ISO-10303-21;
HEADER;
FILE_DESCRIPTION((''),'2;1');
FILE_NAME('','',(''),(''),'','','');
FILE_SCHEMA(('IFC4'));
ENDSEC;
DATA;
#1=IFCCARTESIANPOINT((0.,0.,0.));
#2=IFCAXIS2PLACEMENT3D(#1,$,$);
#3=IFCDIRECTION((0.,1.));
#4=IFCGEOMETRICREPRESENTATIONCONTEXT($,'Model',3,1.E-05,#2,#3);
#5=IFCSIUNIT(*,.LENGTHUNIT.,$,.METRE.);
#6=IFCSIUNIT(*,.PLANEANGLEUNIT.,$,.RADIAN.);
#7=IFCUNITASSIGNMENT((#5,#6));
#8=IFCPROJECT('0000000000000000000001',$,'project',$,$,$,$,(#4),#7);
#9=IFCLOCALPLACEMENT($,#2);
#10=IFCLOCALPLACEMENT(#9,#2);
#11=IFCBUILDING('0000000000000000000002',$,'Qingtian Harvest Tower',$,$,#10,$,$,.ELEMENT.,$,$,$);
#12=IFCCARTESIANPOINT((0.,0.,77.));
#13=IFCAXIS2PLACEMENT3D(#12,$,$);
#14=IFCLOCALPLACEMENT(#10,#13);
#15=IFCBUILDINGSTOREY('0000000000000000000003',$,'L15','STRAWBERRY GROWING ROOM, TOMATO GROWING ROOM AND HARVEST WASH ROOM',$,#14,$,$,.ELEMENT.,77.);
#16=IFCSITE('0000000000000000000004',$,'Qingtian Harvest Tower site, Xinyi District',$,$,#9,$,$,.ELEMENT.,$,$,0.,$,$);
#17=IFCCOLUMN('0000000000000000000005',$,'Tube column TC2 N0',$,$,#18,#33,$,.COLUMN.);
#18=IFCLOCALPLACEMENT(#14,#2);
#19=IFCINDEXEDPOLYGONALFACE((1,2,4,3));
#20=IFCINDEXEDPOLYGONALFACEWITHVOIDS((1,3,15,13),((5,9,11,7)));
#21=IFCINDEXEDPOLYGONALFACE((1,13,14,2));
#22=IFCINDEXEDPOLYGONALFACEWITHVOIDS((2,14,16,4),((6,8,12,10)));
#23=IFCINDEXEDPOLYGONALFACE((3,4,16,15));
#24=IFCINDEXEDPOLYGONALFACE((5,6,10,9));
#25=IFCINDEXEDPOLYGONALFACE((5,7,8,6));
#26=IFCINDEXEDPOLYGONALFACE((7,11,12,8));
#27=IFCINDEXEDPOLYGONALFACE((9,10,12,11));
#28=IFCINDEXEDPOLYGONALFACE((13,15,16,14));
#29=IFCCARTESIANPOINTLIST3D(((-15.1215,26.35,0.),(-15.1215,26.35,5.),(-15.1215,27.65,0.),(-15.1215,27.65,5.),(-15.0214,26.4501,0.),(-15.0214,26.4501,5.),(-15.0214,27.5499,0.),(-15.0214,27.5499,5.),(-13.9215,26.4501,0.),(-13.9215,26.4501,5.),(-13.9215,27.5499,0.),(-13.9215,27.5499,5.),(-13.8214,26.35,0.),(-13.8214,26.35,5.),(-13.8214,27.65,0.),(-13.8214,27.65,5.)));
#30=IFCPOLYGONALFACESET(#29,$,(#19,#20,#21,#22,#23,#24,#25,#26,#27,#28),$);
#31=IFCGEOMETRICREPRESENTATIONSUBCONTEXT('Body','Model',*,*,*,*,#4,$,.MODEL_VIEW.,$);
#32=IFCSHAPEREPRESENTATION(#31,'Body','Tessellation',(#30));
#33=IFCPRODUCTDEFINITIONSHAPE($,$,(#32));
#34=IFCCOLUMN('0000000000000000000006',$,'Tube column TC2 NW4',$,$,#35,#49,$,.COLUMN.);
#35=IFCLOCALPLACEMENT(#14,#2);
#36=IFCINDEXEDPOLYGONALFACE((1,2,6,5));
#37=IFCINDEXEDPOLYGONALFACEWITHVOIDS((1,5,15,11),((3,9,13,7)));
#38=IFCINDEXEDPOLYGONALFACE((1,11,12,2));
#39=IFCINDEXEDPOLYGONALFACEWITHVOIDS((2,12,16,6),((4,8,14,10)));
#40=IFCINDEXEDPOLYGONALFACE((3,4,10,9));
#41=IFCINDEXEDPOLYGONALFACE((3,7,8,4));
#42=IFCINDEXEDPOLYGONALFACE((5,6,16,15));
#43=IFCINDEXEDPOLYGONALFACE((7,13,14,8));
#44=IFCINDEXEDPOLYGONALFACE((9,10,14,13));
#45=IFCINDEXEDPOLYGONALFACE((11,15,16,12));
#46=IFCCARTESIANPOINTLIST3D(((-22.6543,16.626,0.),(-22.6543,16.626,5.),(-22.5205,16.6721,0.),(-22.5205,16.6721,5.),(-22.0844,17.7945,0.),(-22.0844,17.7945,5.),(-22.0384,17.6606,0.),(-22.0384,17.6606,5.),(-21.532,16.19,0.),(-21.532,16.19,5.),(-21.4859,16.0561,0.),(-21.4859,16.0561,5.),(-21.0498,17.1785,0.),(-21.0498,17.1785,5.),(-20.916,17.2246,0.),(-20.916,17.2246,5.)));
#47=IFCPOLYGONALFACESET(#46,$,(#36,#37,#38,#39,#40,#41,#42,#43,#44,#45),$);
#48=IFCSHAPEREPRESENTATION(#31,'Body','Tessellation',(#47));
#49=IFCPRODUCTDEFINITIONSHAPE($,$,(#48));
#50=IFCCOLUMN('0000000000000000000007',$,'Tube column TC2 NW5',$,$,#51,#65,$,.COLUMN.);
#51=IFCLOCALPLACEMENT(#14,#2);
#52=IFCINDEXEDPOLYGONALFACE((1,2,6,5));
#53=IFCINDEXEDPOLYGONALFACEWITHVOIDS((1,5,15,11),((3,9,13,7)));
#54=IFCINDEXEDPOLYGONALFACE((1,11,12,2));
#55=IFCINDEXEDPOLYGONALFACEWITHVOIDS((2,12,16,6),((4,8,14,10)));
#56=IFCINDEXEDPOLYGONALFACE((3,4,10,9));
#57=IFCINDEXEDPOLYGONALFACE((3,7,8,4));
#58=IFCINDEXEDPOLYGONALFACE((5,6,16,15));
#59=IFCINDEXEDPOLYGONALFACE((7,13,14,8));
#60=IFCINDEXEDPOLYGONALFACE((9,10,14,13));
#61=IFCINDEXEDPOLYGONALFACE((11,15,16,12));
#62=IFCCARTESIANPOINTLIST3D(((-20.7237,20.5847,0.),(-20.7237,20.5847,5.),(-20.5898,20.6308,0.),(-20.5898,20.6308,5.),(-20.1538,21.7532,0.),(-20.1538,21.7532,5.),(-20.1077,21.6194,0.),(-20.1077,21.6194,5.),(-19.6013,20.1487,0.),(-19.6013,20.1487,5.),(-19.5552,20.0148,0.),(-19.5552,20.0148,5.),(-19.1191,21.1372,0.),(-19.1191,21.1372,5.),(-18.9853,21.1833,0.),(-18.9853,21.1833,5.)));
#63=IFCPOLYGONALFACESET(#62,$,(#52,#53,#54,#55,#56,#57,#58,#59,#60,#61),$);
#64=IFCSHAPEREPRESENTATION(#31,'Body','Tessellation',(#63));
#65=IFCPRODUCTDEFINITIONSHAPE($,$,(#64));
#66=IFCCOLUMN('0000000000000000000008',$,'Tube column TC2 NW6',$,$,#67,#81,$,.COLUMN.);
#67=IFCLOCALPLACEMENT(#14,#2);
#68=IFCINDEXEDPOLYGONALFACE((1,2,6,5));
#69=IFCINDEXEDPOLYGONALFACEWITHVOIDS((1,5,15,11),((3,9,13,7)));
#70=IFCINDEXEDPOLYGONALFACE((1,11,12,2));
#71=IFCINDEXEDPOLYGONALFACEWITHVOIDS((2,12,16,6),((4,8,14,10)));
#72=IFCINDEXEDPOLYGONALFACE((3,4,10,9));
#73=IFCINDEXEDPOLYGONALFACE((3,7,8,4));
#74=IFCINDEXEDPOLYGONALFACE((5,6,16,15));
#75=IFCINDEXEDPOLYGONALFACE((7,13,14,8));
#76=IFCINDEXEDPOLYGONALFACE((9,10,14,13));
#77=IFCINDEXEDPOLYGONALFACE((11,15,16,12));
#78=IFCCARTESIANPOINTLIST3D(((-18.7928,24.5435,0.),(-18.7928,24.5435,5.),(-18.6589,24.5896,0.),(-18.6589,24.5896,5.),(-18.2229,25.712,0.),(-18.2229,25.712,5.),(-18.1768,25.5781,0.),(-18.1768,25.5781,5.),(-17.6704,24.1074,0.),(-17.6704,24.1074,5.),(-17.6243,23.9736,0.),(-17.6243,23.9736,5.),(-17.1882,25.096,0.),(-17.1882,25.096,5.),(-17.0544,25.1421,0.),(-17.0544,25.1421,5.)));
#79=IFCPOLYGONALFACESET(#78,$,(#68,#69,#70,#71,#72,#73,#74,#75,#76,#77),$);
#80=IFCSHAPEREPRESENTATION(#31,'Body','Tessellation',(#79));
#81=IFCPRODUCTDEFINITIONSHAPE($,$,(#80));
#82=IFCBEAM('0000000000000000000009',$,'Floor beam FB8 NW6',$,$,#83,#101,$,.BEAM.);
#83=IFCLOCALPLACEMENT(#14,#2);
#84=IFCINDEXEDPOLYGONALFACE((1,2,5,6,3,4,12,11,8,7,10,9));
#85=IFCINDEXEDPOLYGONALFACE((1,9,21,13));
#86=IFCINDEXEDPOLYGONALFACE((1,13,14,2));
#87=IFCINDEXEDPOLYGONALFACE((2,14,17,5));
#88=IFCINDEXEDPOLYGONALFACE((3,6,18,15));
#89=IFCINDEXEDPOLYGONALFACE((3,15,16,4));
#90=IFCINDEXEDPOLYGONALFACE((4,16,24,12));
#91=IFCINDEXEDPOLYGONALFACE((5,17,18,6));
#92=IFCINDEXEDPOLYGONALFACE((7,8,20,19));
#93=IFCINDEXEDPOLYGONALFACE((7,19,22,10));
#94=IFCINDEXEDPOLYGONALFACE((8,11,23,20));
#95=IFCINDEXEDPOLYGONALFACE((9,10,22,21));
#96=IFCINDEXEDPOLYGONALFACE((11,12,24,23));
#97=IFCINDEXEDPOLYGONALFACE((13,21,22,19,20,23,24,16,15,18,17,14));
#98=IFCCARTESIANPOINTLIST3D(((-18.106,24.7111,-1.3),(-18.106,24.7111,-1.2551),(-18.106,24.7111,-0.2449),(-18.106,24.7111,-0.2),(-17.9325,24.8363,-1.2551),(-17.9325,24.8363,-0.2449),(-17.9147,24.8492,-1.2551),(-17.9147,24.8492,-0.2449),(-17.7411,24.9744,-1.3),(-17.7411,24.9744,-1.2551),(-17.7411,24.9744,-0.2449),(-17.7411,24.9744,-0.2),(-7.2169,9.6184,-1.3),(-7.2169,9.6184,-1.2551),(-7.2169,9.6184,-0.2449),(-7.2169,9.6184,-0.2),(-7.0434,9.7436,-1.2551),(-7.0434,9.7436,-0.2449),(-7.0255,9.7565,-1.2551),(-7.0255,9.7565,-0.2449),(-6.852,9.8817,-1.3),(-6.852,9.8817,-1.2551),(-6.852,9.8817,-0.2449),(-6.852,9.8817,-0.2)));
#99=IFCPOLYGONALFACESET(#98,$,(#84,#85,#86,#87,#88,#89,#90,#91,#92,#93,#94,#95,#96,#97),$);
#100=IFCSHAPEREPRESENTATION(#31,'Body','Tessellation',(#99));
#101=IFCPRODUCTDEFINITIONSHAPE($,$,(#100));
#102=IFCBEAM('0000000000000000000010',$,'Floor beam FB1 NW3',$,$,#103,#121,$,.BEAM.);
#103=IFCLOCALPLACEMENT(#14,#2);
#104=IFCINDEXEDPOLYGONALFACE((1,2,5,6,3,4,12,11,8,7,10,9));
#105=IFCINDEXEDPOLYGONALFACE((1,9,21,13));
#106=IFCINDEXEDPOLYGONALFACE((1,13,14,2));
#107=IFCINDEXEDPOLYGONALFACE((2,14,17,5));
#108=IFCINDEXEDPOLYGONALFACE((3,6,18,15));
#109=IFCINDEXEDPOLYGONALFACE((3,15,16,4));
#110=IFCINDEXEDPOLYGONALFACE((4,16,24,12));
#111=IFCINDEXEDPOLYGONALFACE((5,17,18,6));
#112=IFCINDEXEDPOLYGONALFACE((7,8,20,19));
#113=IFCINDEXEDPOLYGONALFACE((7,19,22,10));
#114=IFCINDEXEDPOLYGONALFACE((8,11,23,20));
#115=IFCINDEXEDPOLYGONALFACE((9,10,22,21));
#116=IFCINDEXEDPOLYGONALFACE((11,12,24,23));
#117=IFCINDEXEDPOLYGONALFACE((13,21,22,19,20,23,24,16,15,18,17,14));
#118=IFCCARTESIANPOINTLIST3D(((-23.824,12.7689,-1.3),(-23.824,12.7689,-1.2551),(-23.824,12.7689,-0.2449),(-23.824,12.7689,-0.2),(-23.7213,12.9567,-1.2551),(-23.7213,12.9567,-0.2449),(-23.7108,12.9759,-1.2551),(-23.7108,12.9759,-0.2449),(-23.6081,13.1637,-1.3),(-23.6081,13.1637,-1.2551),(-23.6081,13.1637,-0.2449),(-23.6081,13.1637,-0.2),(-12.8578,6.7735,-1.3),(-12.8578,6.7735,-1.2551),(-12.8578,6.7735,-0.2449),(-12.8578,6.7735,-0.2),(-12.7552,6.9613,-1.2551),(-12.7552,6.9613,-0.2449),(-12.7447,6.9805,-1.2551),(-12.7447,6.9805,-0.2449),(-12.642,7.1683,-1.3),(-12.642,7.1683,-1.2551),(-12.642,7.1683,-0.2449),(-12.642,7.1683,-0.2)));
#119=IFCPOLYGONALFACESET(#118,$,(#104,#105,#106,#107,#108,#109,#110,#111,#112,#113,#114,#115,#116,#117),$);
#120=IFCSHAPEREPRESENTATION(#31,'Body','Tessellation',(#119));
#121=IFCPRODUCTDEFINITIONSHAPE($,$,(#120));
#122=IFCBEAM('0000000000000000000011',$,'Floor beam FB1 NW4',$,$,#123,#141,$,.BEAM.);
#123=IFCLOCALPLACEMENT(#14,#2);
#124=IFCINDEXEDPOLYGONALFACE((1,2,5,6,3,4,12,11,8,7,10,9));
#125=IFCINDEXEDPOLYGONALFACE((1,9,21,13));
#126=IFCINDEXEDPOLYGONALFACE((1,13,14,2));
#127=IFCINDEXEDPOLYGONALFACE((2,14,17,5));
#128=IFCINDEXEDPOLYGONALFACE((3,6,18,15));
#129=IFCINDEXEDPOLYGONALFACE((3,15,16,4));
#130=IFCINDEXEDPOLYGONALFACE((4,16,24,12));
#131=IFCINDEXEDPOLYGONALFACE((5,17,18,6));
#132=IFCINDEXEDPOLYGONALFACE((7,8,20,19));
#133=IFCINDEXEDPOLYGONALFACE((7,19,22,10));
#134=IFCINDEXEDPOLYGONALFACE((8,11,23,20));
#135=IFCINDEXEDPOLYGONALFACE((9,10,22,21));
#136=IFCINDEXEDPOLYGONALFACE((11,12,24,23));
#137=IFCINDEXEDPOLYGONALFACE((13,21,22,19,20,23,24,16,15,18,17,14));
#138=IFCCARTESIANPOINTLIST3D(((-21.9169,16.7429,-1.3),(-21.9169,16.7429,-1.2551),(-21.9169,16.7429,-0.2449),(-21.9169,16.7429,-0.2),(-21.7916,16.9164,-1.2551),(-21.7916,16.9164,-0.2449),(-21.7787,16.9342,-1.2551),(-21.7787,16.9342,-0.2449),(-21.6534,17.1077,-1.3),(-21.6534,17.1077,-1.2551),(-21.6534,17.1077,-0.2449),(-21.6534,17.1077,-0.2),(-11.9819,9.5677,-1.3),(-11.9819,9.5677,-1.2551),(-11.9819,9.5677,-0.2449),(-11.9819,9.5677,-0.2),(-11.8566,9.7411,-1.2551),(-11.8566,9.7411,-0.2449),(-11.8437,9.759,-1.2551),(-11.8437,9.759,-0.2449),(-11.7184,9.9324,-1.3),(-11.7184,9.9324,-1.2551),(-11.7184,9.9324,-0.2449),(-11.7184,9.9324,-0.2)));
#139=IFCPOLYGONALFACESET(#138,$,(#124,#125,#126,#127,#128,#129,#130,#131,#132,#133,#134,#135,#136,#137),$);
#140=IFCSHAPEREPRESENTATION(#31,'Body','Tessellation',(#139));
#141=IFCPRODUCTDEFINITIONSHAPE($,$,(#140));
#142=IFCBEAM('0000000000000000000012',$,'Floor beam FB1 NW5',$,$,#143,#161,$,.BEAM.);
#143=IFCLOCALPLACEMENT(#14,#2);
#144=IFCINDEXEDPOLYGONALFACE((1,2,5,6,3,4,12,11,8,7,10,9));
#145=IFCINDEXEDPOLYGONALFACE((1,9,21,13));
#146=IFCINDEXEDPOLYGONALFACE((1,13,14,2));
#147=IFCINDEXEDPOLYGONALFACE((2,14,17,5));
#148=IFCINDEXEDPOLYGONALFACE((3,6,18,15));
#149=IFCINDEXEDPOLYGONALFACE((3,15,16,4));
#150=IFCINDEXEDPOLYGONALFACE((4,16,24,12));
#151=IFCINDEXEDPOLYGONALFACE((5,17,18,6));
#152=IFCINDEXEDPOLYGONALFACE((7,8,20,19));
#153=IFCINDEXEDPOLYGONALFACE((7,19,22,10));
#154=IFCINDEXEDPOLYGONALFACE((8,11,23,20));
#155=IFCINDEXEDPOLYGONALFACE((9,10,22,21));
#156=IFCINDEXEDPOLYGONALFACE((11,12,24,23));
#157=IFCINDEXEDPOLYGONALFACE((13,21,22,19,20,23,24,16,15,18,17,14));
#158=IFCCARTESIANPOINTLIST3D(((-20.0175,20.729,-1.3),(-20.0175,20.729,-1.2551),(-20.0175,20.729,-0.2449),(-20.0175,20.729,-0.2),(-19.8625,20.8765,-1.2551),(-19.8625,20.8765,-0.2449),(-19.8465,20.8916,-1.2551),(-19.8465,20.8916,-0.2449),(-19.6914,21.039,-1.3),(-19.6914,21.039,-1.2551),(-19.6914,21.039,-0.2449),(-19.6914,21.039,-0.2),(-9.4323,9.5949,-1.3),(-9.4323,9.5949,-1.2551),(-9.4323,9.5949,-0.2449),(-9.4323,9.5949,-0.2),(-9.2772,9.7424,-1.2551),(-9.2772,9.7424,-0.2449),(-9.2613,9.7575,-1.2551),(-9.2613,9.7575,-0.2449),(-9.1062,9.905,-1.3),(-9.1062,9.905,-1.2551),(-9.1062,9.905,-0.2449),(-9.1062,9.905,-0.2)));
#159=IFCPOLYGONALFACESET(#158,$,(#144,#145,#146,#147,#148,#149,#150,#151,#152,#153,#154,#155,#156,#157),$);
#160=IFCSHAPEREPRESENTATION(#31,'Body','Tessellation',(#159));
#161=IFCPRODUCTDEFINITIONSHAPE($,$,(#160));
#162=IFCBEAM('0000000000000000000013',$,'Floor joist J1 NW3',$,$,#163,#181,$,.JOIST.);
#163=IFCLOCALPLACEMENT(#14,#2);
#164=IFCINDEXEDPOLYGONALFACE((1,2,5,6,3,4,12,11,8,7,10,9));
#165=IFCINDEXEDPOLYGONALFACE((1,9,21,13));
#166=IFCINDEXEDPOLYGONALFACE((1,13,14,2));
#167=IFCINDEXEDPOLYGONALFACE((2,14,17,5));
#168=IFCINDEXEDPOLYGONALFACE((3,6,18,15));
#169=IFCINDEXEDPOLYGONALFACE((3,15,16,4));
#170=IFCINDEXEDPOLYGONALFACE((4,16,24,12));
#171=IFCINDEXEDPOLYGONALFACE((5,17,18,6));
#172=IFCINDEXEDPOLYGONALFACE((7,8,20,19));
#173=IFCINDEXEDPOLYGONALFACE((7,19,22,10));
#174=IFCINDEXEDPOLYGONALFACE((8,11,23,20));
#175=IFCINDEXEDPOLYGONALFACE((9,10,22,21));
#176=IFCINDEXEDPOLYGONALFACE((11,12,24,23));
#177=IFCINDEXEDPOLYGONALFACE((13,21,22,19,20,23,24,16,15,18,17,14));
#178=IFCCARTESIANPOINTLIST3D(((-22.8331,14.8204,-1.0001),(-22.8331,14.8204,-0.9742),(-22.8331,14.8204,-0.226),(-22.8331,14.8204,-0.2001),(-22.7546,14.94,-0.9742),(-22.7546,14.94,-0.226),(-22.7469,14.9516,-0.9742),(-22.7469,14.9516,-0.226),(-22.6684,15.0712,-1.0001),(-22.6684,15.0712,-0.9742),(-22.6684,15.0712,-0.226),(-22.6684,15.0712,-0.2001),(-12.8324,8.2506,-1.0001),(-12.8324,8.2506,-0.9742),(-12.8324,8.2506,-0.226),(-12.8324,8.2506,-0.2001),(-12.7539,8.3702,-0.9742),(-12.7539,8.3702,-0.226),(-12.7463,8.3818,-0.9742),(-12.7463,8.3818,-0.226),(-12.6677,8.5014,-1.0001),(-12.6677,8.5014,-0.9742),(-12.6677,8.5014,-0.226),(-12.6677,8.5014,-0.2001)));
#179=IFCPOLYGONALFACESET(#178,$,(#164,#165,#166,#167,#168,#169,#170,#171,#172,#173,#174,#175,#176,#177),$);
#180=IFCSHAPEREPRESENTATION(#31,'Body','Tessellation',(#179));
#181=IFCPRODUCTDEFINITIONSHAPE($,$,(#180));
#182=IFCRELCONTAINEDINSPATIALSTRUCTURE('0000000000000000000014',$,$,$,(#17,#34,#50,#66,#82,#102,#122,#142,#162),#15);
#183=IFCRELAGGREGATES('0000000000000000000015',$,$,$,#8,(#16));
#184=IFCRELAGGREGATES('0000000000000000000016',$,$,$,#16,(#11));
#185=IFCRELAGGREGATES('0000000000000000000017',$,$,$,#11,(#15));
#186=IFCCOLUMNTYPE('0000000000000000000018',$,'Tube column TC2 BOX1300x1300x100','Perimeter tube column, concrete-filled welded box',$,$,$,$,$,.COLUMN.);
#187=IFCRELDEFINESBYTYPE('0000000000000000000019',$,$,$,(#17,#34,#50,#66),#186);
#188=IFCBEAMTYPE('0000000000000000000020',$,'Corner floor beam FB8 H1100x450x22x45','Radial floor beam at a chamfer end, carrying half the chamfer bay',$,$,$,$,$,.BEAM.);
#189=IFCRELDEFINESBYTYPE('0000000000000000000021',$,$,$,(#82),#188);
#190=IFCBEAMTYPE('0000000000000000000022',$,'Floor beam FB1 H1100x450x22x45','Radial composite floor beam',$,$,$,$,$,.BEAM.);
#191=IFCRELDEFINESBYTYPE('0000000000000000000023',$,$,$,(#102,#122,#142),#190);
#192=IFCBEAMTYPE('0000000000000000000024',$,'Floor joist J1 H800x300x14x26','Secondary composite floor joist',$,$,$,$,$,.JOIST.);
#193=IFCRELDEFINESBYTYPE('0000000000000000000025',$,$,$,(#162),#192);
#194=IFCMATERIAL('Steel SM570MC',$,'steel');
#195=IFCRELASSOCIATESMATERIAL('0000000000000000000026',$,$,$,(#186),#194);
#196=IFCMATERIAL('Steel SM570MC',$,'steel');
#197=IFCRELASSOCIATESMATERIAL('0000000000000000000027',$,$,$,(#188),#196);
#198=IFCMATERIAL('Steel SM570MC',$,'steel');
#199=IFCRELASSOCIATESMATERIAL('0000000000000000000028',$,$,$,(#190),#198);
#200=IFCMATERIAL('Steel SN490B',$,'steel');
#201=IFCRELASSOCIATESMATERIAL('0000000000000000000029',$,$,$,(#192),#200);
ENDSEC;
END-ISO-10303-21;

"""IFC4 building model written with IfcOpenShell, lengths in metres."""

from ifc_helpers import new_model, si_unit, direction, frame, origin, origin_2d, place, context, subcontext, project, spatial, hollow_rectangle, i_section, extrude, material, material_profile, profile_set, type_object, element, save


model = new_model("IFC4")

# Units and contexts
model_context = context("Model", 3, precision=1e-05, world=origin(), true_north=direction((0.0, 1.0)))
body_context = subcontext(model_context, "Body", "Model", "MODEL_VIEW")
ifc_project = project(units=[si_unit("LENGTHUNIT", "METRE"), si_unit("PLANEANGLEUNIT", "RADIAN")], contexts=[model_context])

# Site, building, storey
site_placement = place(None, origin())
site = spatial("IfcSite", under=ifc_project, at=site_placement, Name="Qingtian Harvest Tower site, Xinyi District", CompositionType="ELEMENT", RefElevation=0.0)
building_placement = place(site_placement, origin())
building = spatial("IfcBuilding", under=site, at=building_placement, Name="Qingtian Harvest Tower", CompositionType="ELEMENT")
storey_placement = place(building_placement, frame((0.0, 0.0, 77.0)))
storey = spatial("IfcBuildingStorey", under=building, at=storey_placement, Name="L15", Description="STRAWBERRY GROWING ROOM, TOMATO GROWING ROOM AND HARVEST WASH ROOM", CompositionType="ELEMENT", Elevation=77.0)

# Columns
ifc_material_1 = material(Name="Steel SM570MC", Category="steel")
ifc_material_profile_1 = material_profile(ifc_material_1, hollow_rectangle(XDim=1.3, YDim=1.3, WallThickness=0.1001, at=origin_2d()), Name="BOX1300x1300x100")
ifc_profile_set_1 = profile_set([ifc_material_profile_1], Name="Steel SM570MC")
column_type = type_object("IfcColumnType", Name="Tube column TC2 BOX1300x1300x100", Description="Perimeter tube column, concrete-filled welded box", PredefinedType="COLUMN", material=ifc_profile_set_1)
for number, where, z_axis, x_axis, name in (
    (1, (-14.4714, 27.0, 0.0), (0.0, 0.0, 1.0), (-1.0, 0.0, 0.0), "Tube column TC2 N0"),
    (2, (-21.7852, 16.9253, 0.0), (0.0, 0.0, 1.0), (-0.438371, -0.898794, 0.0), "Tube column TC2 NW4"),
    (3, (-19.8545, 20.884, 0.0), (0.0, 0.0, 1.0), (-0.438371, -0.898794, 0.0), "Tube column TC2 NW5"),
    (4, (-17.9236, 24.8428, 0.0), (0.0, 0.0, 1.0), (-0.438371, -0.898794, 0.0), "Tube column TC2 NW6"),
):
    element("IfcColumn", number, at=place(storey_placement, frame(where, z_axis=z_axis, x_axis=x_axis)), inside=storey, type_object=column_type, Name=name, PredefinedType="COLUMN", context=body_context, shape_type="SweptSolid", body=[
        extrude(hollow_rectangle(XDim=1.3, YDim=1.3, WallThickness=0.1001, at=origin_2d()), origin(), (0.0, 0.0, 1.0), 5.0),
    ])

# Beams
ifc_material_2 = material(Name="Steel SM570MC", Category="steel")
ifc_material_profile_2 = material_profile(ifc_material_2, i_section(OverallWidth=0.45, OverallDepth=1.1001, WebThickness=0.022, FlangeThickness=0.0449, at=origin_2d()), Name="H1100x450x22x45")
ifc_profile_set_2 = profile_set([ifc_material_profile_2], Name="Steel SM570MC")
beam_type_1 = type_object("IfcBeamType", Name="Corner floor beam FB8 H1100x450x22x45", Description="Radial floor beam at a chamfer end, carrying half the chamfer bay", PredefinedType="BEAM", material=ifc_profile_set_2)
beam_1_placement = place(storey_placement, frame((-17.9236, 24.8428, -0.75), z_axis=(0.585096, -0.810964, 0.0), x_axis=(0.810964, 0.585096, 0.0)))
element("IfcBeam", 5, at=beam_1_placement, inside=storey, type_object=beam_type_1, Name="Floor beam FB8 NW6", PredefinedType="BEAM", context=body_context, shape_type="SweptSolid", body=[
    extrude(i_section(OverallWidth=0.45, OverallDepth=1.1001, WebThickness=0.022, FlangeThickness=0.0449, at=origin_2d()), origin(), (0.0, 0.0, 1.0), 18.6108),
])
ifc_material_3 = material(Name="Steel SM570MC", Category="steel")
ifc_material_profile_3 = material_profile(ifc_material_3, i_section(OverallWidth=0.45, OverallDepth=1.1001, WebThickness=0.022, FlangeThickness=0.0449, at=origin_2d()), Name="H1100x450x22x45")
ifc_profile_set_3 = profile_set([ifc_material_profile_3], Name="Steel SM570MC")
beam_type_2 = type_object("IfcBeamType", Name="Floor beam FB1 H1100x450x22x45", Description="Radial composite floor beam", PredefinedType="BEAM", material=ifc_profile_set_3)
beam_2_placement = place(storey_placement, frame((-23.7161, 12.9663, -0.75), z_axis=(0.877429, -0.479707, 0.0), x_axis=(0.479707, 0.877429, 0.0)))
element("IfcBeam", 6, at=beam_2_placement, inside=storey, type_object=beam_type_2, Name="Floor beam FB1 NW3", PredefinedType="BEAM", context=body_context, shape_type="SweptSolid", body=[
    extrude(i_section(OverallWidth=0.45, OverallDepth=1.1001, WebThickness=0.022, FlangeThickness=0.0449, at=origin_2d()), origin(), (0.0, 0.0, 1.0), 12.498),
])
beam_3_placement = place(storey_placement, frame((-21.7852, 16.9253, -0.75), z_axis=(0.81068, -0.585489, 0.0), x_axis=(0.585489, 0.81068, 0.0)))
element("IfcBeam", 7, at=beam_3_placement, inside=storey, type_object=beam_type_2, Name="Floor beam FB1 NW4", PredefinedType="BEAM", context=body_context, shape_type="SweptSolid", body=[
    extrude(i_section(OverallWidth=0.45, OverallDepth=1.1001, WebThickness=0.022, FlangeThickness=0.0449, at=origin_2d()), origin(), (0.0, 0.0, 1.0), 12.2551),
])
beam_4_placement = place(storey_placement, frame((-19.8545, 20.884, -0.75), z_axis=(0.689019, -0.724743, 0.0), x_axis=(0.724743, 0.689019, 0.0)))
element("IfcBeam", 8, at=beam_4_placement, inside=storey, type_object=beam_type_2, Name="Floor beam FB1 NW5", PredefinedType="BEAM", context=body_context, shape_type="SweptSolid", body=[
    extrude(i_section(OverallWidth=0.45, OverallDepth=1.1001, WebThickness=0.022, FlangeThickness=0.0449, at=origin_2d()), origin(), (0.0, 0.0, 1.0), 15.3628),
])
ifc_material_4 = material(Name="Steel SN490B", Category="steel")
ifc_material_profile_4 = material_profile(ifc_material_4, i_section(OverallWidth=0.3, OverallDepth=0.8, WebThickness=0.0139, FlangeThickness=0.0259, at=origin_2d()), Name="H800x300x14x26")
ifc_profile_set_4 = profile_set([ifc_material_profile_4], Name="Steel SN490B")
beam_type_3 = type_object("IfcBeamType", Name="Floor joist J1 H800x300x14x26", Description="Secondary composite floor joist", PredefinedType="JOIST", material=ifc_profile_set_4)
beam_5_placement = place(storey_placement, frame((-22.7507, 14.9458, -0.6001), z_axis=(0.835785, -0.549056, 0.0), x_axis=(0.549056, 0.835785, 0.0)))
element("IfcBeam", 9, at=beam_5_placement, inside=storey, type_object=beam_type_3, Name="Floor joist J1 NW3", PredefinedType="JOIST", context=body_context, shape_type="SweptSolid", body=[
    extrude(i_section(OverallWidth=0.3, OverallDepth=0.8, WebThickness=0.0139, FlangeThickness=0.0259, at=origin_2d()), origin(), (0.0, 0.0, 1.0), 11.9656),
])

save(model, "model.ifc")
